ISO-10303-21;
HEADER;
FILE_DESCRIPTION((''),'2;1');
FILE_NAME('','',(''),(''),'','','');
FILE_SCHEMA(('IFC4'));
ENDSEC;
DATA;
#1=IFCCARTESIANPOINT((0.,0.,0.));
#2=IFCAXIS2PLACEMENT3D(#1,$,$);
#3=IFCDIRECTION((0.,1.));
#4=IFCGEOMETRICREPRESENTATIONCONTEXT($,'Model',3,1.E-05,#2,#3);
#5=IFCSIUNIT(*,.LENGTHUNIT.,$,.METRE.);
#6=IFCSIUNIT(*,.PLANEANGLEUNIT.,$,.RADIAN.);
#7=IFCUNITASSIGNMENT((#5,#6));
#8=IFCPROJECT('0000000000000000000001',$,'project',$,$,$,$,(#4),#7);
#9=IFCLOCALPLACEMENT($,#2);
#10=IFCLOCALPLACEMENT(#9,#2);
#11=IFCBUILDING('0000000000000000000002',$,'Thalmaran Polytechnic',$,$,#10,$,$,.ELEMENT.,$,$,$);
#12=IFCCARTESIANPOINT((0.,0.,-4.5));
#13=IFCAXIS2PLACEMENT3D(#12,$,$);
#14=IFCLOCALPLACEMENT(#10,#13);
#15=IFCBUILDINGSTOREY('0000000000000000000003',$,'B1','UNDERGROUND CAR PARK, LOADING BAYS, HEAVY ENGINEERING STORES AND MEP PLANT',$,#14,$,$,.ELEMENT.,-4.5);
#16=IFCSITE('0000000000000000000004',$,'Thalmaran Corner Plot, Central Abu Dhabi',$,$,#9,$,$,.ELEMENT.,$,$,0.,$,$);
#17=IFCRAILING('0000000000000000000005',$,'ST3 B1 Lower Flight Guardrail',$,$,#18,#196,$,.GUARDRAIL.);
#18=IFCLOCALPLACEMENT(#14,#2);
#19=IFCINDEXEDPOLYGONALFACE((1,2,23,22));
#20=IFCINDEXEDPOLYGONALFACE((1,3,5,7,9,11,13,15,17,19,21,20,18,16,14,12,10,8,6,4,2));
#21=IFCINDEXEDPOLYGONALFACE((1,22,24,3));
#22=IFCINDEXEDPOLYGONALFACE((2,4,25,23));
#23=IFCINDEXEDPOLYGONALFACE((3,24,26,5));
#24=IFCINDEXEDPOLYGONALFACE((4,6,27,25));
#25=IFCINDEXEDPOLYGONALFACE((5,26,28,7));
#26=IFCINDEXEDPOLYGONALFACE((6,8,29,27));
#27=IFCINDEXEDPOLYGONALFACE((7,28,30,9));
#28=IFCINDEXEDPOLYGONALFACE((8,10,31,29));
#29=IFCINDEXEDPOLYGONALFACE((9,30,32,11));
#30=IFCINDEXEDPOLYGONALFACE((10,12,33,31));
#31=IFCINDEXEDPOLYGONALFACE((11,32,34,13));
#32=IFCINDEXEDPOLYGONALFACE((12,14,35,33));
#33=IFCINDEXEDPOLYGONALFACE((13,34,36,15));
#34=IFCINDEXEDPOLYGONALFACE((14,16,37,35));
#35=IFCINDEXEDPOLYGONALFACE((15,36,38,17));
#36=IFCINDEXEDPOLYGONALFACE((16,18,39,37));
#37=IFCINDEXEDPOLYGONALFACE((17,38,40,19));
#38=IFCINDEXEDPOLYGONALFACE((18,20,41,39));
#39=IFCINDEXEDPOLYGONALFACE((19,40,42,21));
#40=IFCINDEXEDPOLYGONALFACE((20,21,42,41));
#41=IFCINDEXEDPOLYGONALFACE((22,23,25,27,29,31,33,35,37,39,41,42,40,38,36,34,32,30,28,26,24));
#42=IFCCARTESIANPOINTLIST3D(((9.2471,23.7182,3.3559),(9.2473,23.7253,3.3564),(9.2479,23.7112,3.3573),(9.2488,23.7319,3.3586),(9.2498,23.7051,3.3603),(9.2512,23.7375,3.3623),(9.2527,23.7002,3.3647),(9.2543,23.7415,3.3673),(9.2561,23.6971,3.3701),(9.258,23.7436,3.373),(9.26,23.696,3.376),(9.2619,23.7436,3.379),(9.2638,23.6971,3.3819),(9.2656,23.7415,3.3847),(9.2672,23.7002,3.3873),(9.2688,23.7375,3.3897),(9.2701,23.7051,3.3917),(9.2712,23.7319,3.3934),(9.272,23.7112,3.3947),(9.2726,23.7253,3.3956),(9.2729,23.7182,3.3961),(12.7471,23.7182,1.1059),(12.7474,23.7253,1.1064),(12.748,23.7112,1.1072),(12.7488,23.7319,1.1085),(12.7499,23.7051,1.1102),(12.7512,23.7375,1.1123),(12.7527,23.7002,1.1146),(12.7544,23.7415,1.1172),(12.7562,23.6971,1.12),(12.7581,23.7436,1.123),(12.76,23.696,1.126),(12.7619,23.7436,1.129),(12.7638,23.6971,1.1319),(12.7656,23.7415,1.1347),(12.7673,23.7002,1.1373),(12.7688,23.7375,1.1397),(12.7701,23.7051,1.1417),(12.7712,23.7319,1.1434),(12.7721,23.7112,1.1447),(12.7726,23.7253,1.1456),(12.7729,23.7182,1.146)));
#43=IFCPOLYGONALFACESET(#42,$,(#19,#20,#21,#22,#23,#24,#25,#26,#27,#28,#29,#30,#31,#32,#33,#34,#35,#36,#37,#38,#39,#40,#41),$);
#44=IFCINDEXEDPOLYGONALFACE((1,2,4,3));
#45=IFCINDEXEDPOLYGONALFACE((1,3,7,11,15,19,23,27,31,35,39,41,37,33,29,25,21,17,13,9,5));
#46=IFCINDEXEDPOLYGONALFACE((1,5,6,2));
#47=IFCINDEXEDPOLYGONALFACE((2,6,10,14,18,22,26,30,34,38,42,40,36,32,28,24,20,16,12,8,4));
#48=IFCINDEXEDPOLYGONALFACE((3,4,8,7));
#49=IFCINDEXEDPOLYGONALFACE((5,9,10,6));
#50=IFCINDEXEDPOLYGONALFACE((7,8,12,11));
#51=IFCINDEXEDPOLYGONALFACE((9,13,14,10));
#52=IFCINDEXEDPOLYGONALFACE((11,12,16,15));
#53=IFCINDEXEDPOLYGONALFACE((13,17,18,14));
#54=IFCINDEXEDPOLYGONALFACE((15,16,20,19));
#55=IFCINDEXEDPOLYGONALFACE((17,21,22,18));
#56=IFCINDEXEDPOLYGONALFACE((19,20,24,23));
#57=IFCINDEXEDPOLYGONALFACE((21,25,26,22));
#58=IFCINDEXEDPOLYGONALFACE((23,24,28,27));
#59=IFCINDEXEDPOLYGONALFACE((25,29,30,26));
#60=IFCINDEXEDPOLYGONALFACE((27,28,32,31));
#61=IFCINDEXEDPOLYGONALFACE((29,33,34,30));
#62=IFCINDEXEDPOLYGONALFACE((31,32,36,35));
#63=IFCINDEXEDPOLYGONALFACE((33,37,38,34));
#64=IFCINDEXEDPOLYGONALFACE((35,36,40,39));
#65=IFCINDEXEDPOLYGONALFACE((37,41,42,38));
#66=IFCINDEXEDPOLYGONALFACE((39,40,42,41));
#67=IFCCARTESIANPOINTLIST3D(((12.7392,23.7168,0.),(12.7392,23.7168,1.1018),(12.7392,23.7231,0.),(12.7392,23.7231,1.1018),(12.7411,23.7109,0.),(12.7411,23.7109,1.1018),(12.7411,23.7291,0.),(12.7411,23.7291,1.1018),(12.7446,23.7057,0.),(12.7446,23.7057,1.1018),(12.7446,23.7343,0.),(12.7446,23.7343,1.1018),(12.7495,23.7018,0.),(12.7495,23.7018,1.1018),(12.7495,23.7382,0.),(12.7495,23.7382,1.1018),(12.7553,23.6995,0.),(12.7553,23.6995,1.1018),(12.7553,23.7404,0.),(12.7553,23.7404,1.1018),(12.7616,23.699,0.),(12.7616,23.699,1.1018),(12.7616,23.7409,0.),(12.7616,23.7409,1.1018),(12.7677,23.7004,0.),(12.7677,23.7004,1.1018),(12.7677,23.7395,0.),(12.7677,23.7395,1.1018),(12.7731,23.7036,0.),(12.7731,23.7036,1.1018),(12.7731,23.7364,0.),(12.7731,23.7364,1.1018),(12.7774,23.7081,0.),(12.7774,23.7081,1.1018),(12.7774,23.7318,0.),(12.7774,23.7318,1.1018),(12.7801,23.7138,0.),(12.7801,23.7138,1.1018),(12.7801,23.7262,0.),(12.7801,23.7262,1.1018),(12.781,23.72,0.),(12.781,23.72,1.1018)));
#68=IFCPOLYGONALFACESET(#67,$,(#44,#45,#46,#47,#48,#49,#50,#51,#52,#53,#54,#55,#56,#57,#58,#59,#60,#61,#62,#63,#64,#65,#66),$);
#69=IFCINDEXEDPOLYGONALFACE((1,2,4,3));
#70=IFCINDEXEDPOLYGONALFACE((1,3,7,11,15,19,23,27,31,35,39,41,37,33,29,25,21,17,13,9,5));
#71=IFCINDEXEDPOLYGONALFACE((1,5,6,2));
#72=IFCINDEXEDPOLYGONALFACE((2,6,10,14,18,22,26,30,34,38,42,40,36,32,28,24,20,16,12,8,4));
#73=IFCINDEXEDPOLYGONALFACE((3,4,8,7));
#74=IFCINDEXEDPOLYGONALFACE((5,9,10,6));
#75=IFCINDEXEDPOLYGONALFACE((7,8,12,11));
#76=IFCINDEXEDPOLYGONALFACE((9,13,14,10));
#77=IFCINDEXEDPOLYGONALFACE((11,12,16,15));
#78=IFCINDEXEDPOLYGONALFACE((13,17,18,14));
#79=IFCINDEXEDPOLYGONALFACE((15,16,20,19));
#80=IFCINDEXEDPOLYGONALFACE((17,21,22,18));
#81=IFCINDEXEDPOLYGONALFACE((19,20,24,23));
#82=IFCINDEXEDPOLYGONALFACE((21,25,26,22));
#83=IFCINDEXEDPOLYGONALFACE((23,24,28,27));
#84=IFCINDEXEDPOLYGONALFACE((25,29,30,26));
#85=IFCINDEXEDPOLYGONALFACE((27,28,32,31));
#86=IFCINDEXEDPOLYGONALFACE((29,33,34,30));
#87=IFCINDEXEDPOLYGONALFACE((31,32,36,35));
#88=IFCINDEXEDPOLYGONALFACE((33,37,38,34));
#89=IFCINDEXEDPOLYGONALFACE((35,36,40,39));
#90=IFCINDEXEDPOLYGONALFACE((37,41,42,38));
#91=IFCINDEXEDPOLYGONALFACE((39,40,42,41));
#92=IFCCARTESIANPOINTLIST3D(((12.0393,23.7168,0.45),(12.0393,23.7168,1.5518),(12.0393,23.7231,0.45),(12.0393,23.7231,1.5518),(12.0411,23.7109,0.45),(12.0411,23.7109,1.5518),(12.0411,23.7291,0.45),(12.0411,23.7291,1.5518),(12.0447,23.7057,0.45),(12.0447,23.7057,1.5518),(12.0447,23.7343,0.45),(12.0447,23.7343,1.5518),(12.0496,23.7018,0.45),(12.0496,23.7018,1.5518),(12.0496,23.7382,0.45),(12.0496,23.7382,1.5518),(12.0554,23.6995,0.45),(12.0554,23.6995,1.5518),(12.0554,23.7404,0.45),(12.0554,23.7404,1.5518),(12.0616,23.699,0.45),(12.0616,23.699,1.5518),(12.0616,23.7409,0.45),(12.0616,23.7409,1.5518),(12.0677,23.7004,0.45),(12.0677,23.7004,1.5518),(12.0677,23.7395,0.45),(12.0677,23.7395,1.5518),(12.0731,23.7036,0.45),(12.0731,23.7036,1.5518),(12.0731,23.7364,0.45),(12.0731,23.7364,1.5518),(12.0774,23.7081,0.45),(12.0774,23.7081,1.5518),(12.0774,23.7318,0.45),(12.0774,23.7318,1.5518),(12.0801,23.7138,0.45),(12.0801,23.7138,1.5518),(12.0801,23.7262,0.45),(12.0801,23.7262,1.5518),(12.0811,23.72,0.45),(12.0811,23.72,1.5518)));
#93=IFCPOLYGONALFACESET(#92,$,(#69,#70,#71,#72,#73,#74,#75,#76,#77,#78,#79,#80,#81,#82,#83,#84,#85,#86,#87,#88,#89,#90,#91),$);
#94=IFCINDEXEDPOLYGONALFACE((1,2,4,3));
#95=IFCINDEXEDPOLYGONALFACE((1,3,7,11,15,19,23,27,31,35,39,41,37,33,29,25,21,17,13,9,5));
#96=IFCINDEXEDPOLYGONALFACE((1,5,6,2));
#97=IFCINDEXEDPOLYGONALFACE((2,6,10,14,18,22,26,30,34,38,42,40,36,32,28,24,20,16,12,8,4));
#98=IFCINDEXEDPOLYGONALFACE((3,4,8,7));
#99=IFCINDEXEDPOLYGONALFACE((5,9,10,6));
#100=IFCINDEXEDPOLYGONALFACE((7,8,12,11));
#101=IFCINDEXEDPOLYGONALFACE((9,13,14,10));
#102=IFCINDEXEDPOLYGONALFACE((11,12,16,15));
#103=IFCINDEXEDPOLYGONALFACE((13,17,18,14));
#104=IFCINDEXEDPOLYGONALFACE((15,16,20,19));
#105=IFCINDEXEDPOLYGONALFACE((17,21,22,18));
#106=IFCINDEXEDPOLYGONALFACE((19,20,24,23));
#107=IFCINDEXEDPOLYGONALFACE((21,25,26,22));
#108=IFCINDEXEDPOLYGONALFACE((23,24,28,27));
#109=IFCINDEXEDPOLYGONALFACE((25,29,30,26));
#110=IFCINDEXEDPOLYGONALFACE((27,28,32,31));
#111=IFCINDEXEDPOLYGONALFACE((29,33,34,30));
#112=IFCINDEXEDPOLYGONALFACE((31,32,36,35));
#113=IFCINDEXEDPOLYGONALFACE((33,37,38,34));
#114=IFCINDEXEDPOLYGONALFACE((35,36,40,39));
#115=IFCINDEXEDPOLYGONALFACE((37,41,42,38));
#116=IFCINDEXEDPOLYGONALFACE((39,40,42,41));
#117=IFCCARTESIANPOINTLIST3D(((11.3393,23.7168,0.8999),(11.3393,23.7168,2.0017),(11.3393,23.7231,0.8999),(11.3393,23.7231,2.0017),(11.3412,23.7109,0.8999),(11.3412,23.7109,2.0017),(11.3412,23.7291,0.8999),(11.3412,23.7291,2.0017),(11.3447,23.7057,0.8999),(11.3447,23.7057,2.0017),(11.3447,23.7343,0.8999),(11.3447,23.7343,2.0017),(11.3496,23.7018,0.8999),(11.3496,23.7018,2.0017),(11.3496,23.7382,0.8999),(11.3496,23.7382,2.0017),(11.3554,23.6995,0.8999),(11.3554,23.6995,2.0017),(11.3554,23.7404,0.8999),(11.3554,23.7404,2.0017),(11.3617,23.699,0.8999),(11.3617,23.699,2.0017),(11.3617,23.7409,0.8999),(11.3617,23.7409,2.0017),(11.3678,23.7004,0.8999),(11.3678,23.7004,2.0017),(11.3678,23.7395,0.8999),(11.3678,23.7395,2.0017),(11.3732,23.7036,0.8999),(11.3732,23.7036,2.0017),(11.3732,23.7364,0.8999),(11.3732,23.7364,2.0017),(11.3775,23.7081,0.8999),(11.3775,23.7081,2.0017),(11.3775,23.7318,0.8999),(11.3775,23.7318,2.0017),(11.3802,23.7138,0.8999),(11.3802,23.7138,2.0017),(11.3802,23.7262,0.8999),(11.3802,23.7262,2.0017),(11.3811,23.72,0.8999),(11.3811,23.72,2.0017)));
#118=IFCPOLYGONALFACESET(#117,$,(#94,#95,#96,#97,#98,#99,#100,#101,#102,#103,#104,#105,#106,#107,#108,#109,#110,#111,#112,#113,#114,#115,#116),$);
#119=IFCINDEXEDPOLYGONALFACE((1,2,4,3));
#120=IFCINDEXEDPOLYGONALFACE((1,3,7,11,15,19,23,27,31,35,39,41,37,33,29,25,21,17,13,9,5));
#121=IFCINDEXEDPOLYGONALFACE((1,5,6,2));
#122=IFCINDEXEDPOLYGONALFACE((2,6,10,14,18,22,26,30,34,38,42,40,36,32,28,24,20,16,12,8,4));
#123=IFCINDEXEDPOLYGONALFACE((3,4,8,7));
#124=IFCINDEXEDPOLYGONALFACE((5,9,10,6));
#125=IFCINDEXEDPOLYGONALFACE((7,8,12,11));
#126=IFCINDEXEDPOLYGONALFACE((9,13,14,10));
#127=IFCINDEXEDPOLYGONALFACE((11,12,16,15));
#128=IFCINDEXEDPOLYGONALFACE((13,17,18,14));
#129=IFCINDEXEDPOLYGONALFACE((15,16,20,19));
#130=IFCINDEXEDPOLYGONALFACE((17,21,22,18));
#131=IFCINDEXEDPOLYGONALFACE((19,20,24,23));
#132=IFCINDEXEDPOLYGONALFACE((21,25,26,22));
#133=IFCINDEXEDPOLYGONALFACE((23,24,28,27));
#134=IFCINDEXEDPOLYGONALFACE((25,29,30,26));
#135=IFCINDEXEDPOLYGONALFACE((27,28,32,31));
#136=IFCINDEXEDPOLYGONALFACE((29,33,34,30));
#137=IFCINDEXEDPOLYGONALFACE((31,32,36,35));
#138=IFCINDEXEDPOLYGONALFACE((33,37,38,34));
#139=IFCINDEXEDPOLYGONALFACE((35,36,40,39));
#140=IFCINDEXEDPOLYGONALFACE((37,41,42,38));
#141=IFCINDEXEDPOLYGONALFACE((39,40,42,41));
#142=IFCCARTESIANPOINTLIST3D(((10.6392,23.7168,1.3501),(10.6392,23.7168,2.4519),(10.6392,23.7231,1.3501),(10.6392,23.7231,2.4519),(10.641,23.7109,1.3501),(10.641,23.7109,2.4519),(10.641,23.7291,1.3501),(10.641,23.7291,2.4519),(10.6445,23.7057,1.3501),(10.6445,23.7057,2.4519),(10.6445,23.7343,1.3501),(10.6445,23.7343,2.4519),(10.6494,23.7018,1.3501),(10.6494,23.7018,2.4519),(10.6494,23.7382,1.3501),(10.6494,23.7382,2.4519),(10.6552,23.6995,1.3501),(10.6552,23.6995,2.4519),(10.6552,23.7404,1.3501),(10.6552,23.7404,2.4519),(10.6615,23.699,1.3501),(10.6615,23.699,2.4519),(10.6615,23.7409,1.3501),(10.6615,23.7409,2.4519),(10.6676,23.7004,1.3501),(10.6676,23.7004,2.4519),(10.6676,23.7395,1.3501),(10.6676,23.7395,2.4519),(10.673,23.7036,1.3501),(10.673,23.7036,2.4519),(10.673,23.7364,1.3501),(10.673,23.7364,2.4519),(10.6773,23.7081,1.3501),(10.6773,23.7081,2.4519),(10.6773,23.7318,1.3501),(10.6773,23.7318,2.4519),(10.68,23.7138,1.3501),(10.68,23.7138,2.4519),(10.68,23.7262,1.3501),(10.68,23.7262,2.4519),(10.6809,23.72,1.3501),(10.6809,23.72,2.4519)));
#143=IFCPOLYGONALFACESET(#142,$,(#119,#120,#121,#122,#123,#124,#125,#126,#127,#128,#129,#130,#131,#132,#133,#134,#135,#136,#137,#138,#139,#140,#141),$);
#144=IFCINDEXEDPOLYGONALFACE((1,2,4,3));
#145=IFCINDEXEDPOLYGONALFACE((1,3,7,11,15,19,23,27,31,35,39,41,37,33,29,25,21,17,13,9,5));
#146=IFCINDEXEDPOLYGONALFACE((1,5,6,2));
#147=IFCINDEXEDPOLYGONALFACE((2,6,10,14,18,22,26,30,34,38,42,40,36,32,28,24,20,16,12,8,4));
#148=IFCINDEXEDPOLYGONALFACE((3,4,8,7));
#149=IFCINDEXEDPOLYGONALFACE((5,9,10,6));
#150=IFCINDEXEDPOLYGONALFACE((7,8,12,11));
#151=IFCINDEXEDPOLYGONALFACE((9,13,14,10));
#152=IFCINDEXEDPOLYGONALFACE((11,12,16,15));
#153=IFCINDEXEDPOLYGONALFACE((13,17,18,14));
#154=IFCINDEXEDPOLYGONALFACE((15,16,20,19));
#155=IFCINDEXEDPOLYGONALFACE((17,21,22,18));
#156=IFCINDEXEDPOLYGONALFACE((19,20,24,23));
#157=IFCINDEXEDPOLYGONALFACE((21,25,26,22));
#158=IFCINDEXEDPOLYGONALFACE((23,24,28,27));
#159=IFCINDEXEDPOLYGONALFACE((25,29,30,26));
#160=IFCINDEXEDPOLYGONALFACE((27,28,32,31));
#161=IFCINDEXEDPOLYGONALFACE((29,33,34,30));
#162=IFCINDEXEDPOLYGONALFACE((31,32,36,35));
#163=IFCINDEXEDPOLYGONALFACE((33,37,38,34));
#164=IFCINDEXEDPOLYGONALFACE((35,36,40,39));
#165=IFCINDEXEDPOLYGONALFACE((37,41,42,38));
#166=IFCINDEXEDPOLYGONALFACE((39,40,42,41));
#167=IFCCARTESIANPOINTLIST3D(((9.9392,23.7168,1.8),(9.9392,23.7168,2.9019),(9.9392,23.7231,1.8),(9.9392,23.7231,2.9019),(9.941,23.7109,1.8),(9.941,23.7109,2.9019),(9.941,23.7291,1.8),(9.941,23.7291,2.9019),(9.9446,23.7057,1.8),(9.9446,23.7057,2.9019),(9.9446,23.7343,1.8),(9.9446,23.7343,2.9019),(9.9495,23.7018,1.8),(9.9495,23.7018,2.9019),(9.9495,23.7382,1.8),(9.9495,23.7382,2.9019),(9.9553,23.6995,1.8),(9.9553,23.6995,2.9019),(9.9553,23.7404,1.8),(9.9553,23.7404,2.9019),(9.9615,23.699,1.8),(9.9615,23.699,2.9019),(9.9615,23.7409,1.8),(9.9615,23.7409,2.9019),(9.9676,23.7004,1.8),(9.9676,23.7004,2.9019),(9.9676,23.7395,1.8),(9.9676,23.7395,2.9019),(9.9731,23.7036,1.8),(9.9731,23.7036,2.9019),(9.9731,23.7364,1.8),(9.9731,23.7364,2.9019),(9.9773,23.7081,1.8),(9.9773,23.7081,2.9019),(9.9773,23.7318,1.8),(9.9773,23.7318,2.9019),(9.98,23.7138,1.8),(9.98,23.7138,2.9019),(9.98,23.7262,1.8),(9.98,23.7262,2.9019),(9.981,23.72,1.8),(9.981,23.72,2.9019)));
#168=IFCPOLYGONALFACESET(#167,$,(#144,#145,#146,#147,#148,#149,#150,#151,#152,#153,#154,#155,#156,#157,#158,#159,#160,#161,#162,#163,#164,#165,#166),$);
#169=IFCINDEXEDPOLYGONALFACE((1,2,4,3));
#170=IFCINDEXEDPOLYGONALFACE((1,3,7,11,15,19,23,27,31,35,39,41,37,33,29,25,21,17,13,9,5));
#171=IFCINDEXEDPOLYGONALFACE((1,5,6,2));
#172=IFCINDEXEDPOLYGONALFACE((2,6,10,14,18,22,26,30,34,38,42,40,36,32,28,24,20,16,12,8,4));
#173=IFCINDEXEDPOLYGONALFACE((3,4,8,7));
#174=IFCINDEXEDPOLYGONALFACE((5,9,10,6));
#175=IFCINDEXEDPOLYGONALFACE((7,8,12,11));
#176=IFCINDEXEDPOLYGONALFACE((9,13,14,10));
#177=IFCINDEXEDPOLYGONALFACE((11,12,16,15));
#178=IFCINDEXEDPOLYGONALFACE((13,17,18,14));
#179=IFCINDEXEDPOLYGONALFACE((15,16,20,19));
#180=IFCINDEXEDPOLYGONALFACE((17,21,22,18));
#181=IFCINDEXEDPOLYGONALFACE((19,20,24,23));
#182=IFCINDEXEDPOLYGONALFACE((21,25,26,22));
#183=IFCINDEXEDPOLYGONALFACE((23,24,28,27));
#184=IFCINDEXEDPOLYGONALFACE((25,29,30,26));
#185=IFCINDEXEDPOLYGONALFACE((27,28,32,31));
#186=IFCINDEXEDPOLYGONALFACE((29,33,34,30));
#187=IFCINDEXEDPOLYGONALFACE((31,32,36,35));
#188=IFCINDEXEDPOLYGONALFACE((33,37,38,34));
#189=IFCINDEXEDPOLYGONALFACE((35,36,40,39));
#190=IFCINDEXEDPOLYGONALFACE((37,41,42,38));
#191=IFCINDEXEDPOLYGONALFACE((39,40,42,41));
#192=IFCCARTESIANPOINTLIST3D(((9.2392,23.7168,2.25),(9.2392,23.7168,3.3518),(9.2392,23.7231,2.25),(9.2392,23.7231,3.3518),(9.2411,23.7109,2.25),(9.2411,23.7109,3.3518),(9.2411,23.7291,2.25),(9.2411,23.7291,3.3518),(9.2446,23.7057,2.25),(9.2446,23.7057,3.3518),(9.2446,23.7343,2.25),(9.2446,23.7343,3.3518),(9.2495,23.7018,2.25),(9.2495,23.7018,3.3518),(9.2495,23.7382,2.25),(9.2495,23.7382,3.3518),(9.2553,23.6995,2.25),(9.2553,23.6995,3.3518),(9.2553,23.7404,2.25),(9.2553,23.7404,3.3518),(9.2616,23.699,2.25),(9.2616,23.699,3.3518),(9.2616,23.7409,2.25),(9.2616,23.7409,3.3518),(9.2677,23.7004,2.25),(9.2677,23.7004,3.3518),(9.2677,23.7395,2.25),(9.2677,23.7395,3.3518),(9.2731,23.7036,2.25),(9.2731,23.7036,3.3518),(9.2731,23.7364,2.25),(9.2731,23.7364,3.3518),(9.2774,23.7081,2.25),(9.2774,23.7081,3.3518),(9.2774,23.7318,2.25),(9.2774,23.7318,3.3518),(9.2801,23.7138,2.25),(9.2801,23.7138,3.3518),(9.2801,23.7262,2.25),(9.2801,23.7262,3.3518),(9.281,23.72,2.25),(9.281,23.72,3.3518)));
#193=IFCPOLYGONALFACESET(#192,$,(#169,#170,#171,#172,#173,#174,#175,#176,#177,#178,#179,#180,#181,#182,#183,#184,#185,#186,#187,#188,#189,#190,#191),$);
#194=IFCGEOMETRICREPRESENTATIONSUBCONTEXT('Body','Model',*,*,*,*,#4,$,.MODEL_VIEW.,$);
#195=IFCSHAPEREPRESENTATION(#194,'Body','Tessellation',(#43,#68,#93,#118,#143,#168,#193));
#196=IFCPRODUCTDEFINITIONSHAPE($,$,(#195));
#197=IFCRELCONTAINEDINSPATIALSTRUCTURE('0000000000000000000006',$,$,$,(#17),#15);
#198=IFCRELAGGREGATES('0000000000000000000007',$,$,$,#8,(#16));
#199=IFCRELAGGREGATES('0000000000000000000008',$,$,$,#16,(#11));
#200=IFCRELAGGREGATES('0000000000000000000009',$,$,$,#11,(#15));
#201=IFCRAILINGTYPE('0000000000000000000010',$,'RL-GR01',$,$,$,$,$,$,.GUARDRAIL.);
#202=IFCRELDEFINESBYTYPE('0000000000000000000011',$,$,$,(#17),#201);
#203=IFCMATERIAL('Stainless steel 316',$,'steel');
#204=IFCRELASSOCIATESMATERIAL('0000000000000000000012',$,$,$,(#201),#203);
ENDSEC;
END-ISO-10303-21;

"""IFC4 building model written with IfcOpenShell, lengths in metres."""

from ifc_helpers import new_model, si_unit, direction, frame, origin, origin_2d, place, context, subcontext, project, spatial, circle, extrude, material, type_object, element, save


model = new_model("IFC4")

# Units and contexts
model_context = context("Model", 3, precision=1e-05, world=origin(), true_north=direction((0.0, 1.0)))
body_context = subcontext(model_context, "Body", "Model", "MODEL_VIEW")
ifc_project = project(units=[si_unit("LENGTHUNIT", "METRE"), si_unit("PLANEANGLEUNIT", "RADIAN")], contexts=[model_context])

# Site, building, storey
site_placement = place(None, origin())
site = spatial("IfcSite", under=ifc_project, at=site_placement, Name="Thalmaran Corner Plot, Central Abu Dhabi", CompositionType="ELEMENT", RefElevation=0.0)
building_placement = place(site_placement, origin())
building = spatial("IfcBuilding", under=site, at=building_placement, Name="Thalmaran Polytechnic", CompositionType="ELEMENT")
storey_placement = place(building_placement, frame((0.0, 0.0, -4.5)))
storey = spatial("IfcBuildingStorey", under=building, at=storey_placement, Name="B1", Description="UNDERGROUND CAR PARK, LOADING BAYS, HEAVY ENGINEERING STORES AND MEP PLANT", CompositionType="ELEMENT", Elevation=-4.5)

# Railing
ifc_material_1 = material(Name="Stainless steel 316", Category="steel")
railing_type_1 = type_object("IfcRailingType", Name="RL-GR01", PredefinedType="GUARDRAIL", material=ifc_material_1)
railing_1_placement = place(storey_placement, frame((12.76, 23.72, 0.0)))
element("IfcRailing", 1, at=railing_1_placement, inside=storey, type_object=railing_type_1, Name="ST3 B1 Lower Flight Guardrail", PredefinedType="GUARDRAIL", context=body_context, shape_type="SweptSolid", body=[
    extrude(circle(Radius=0.0239, at=origin_2d()), frame((0.0, 0.0, 1.126), z_axis=(-0.841178, 0.0, 0.540758), x_axis=(0.0, -1.0, 0.0)), (0.0, 0.0, 1.0), 4.1609),
    extrude(circle(Radius=0.021, at=origin_2d()), origin(), (0.0, 0.0, 1.0), 1.1018),
    extrude(circle(Radius=0.021, at=origin_2d()), frame((-0.7, 0.0, 0.45)), (0.0, 0.0, 1.0), 1.1018),
    extrude(circle(Radius=0.021, at=origin_2d()), frame((-1.3999, 0.0, 0.8999)), (0.0, 0.0, 1.0), 1.1018),
    extrude(circle(Radius=0.021, at=origin_2d()), frame((-2.1001, 0.0, 1.3501)), (0.0, 0.0, 1.0), 1.1018),
    extrude(circle(Radius=0.021, at=origin_2d()), frame((-2.8, 0.0, 1.8)), (0.0, 0.0, 1.0), 1.1018),
    extrude(circle(Radius=0.021, at=origin_2d()), frame((-3.5, 0.0, 2.25)), (0.0, 0.0, 1.0), 1.1018),
])

save(model, "model.ifc")
